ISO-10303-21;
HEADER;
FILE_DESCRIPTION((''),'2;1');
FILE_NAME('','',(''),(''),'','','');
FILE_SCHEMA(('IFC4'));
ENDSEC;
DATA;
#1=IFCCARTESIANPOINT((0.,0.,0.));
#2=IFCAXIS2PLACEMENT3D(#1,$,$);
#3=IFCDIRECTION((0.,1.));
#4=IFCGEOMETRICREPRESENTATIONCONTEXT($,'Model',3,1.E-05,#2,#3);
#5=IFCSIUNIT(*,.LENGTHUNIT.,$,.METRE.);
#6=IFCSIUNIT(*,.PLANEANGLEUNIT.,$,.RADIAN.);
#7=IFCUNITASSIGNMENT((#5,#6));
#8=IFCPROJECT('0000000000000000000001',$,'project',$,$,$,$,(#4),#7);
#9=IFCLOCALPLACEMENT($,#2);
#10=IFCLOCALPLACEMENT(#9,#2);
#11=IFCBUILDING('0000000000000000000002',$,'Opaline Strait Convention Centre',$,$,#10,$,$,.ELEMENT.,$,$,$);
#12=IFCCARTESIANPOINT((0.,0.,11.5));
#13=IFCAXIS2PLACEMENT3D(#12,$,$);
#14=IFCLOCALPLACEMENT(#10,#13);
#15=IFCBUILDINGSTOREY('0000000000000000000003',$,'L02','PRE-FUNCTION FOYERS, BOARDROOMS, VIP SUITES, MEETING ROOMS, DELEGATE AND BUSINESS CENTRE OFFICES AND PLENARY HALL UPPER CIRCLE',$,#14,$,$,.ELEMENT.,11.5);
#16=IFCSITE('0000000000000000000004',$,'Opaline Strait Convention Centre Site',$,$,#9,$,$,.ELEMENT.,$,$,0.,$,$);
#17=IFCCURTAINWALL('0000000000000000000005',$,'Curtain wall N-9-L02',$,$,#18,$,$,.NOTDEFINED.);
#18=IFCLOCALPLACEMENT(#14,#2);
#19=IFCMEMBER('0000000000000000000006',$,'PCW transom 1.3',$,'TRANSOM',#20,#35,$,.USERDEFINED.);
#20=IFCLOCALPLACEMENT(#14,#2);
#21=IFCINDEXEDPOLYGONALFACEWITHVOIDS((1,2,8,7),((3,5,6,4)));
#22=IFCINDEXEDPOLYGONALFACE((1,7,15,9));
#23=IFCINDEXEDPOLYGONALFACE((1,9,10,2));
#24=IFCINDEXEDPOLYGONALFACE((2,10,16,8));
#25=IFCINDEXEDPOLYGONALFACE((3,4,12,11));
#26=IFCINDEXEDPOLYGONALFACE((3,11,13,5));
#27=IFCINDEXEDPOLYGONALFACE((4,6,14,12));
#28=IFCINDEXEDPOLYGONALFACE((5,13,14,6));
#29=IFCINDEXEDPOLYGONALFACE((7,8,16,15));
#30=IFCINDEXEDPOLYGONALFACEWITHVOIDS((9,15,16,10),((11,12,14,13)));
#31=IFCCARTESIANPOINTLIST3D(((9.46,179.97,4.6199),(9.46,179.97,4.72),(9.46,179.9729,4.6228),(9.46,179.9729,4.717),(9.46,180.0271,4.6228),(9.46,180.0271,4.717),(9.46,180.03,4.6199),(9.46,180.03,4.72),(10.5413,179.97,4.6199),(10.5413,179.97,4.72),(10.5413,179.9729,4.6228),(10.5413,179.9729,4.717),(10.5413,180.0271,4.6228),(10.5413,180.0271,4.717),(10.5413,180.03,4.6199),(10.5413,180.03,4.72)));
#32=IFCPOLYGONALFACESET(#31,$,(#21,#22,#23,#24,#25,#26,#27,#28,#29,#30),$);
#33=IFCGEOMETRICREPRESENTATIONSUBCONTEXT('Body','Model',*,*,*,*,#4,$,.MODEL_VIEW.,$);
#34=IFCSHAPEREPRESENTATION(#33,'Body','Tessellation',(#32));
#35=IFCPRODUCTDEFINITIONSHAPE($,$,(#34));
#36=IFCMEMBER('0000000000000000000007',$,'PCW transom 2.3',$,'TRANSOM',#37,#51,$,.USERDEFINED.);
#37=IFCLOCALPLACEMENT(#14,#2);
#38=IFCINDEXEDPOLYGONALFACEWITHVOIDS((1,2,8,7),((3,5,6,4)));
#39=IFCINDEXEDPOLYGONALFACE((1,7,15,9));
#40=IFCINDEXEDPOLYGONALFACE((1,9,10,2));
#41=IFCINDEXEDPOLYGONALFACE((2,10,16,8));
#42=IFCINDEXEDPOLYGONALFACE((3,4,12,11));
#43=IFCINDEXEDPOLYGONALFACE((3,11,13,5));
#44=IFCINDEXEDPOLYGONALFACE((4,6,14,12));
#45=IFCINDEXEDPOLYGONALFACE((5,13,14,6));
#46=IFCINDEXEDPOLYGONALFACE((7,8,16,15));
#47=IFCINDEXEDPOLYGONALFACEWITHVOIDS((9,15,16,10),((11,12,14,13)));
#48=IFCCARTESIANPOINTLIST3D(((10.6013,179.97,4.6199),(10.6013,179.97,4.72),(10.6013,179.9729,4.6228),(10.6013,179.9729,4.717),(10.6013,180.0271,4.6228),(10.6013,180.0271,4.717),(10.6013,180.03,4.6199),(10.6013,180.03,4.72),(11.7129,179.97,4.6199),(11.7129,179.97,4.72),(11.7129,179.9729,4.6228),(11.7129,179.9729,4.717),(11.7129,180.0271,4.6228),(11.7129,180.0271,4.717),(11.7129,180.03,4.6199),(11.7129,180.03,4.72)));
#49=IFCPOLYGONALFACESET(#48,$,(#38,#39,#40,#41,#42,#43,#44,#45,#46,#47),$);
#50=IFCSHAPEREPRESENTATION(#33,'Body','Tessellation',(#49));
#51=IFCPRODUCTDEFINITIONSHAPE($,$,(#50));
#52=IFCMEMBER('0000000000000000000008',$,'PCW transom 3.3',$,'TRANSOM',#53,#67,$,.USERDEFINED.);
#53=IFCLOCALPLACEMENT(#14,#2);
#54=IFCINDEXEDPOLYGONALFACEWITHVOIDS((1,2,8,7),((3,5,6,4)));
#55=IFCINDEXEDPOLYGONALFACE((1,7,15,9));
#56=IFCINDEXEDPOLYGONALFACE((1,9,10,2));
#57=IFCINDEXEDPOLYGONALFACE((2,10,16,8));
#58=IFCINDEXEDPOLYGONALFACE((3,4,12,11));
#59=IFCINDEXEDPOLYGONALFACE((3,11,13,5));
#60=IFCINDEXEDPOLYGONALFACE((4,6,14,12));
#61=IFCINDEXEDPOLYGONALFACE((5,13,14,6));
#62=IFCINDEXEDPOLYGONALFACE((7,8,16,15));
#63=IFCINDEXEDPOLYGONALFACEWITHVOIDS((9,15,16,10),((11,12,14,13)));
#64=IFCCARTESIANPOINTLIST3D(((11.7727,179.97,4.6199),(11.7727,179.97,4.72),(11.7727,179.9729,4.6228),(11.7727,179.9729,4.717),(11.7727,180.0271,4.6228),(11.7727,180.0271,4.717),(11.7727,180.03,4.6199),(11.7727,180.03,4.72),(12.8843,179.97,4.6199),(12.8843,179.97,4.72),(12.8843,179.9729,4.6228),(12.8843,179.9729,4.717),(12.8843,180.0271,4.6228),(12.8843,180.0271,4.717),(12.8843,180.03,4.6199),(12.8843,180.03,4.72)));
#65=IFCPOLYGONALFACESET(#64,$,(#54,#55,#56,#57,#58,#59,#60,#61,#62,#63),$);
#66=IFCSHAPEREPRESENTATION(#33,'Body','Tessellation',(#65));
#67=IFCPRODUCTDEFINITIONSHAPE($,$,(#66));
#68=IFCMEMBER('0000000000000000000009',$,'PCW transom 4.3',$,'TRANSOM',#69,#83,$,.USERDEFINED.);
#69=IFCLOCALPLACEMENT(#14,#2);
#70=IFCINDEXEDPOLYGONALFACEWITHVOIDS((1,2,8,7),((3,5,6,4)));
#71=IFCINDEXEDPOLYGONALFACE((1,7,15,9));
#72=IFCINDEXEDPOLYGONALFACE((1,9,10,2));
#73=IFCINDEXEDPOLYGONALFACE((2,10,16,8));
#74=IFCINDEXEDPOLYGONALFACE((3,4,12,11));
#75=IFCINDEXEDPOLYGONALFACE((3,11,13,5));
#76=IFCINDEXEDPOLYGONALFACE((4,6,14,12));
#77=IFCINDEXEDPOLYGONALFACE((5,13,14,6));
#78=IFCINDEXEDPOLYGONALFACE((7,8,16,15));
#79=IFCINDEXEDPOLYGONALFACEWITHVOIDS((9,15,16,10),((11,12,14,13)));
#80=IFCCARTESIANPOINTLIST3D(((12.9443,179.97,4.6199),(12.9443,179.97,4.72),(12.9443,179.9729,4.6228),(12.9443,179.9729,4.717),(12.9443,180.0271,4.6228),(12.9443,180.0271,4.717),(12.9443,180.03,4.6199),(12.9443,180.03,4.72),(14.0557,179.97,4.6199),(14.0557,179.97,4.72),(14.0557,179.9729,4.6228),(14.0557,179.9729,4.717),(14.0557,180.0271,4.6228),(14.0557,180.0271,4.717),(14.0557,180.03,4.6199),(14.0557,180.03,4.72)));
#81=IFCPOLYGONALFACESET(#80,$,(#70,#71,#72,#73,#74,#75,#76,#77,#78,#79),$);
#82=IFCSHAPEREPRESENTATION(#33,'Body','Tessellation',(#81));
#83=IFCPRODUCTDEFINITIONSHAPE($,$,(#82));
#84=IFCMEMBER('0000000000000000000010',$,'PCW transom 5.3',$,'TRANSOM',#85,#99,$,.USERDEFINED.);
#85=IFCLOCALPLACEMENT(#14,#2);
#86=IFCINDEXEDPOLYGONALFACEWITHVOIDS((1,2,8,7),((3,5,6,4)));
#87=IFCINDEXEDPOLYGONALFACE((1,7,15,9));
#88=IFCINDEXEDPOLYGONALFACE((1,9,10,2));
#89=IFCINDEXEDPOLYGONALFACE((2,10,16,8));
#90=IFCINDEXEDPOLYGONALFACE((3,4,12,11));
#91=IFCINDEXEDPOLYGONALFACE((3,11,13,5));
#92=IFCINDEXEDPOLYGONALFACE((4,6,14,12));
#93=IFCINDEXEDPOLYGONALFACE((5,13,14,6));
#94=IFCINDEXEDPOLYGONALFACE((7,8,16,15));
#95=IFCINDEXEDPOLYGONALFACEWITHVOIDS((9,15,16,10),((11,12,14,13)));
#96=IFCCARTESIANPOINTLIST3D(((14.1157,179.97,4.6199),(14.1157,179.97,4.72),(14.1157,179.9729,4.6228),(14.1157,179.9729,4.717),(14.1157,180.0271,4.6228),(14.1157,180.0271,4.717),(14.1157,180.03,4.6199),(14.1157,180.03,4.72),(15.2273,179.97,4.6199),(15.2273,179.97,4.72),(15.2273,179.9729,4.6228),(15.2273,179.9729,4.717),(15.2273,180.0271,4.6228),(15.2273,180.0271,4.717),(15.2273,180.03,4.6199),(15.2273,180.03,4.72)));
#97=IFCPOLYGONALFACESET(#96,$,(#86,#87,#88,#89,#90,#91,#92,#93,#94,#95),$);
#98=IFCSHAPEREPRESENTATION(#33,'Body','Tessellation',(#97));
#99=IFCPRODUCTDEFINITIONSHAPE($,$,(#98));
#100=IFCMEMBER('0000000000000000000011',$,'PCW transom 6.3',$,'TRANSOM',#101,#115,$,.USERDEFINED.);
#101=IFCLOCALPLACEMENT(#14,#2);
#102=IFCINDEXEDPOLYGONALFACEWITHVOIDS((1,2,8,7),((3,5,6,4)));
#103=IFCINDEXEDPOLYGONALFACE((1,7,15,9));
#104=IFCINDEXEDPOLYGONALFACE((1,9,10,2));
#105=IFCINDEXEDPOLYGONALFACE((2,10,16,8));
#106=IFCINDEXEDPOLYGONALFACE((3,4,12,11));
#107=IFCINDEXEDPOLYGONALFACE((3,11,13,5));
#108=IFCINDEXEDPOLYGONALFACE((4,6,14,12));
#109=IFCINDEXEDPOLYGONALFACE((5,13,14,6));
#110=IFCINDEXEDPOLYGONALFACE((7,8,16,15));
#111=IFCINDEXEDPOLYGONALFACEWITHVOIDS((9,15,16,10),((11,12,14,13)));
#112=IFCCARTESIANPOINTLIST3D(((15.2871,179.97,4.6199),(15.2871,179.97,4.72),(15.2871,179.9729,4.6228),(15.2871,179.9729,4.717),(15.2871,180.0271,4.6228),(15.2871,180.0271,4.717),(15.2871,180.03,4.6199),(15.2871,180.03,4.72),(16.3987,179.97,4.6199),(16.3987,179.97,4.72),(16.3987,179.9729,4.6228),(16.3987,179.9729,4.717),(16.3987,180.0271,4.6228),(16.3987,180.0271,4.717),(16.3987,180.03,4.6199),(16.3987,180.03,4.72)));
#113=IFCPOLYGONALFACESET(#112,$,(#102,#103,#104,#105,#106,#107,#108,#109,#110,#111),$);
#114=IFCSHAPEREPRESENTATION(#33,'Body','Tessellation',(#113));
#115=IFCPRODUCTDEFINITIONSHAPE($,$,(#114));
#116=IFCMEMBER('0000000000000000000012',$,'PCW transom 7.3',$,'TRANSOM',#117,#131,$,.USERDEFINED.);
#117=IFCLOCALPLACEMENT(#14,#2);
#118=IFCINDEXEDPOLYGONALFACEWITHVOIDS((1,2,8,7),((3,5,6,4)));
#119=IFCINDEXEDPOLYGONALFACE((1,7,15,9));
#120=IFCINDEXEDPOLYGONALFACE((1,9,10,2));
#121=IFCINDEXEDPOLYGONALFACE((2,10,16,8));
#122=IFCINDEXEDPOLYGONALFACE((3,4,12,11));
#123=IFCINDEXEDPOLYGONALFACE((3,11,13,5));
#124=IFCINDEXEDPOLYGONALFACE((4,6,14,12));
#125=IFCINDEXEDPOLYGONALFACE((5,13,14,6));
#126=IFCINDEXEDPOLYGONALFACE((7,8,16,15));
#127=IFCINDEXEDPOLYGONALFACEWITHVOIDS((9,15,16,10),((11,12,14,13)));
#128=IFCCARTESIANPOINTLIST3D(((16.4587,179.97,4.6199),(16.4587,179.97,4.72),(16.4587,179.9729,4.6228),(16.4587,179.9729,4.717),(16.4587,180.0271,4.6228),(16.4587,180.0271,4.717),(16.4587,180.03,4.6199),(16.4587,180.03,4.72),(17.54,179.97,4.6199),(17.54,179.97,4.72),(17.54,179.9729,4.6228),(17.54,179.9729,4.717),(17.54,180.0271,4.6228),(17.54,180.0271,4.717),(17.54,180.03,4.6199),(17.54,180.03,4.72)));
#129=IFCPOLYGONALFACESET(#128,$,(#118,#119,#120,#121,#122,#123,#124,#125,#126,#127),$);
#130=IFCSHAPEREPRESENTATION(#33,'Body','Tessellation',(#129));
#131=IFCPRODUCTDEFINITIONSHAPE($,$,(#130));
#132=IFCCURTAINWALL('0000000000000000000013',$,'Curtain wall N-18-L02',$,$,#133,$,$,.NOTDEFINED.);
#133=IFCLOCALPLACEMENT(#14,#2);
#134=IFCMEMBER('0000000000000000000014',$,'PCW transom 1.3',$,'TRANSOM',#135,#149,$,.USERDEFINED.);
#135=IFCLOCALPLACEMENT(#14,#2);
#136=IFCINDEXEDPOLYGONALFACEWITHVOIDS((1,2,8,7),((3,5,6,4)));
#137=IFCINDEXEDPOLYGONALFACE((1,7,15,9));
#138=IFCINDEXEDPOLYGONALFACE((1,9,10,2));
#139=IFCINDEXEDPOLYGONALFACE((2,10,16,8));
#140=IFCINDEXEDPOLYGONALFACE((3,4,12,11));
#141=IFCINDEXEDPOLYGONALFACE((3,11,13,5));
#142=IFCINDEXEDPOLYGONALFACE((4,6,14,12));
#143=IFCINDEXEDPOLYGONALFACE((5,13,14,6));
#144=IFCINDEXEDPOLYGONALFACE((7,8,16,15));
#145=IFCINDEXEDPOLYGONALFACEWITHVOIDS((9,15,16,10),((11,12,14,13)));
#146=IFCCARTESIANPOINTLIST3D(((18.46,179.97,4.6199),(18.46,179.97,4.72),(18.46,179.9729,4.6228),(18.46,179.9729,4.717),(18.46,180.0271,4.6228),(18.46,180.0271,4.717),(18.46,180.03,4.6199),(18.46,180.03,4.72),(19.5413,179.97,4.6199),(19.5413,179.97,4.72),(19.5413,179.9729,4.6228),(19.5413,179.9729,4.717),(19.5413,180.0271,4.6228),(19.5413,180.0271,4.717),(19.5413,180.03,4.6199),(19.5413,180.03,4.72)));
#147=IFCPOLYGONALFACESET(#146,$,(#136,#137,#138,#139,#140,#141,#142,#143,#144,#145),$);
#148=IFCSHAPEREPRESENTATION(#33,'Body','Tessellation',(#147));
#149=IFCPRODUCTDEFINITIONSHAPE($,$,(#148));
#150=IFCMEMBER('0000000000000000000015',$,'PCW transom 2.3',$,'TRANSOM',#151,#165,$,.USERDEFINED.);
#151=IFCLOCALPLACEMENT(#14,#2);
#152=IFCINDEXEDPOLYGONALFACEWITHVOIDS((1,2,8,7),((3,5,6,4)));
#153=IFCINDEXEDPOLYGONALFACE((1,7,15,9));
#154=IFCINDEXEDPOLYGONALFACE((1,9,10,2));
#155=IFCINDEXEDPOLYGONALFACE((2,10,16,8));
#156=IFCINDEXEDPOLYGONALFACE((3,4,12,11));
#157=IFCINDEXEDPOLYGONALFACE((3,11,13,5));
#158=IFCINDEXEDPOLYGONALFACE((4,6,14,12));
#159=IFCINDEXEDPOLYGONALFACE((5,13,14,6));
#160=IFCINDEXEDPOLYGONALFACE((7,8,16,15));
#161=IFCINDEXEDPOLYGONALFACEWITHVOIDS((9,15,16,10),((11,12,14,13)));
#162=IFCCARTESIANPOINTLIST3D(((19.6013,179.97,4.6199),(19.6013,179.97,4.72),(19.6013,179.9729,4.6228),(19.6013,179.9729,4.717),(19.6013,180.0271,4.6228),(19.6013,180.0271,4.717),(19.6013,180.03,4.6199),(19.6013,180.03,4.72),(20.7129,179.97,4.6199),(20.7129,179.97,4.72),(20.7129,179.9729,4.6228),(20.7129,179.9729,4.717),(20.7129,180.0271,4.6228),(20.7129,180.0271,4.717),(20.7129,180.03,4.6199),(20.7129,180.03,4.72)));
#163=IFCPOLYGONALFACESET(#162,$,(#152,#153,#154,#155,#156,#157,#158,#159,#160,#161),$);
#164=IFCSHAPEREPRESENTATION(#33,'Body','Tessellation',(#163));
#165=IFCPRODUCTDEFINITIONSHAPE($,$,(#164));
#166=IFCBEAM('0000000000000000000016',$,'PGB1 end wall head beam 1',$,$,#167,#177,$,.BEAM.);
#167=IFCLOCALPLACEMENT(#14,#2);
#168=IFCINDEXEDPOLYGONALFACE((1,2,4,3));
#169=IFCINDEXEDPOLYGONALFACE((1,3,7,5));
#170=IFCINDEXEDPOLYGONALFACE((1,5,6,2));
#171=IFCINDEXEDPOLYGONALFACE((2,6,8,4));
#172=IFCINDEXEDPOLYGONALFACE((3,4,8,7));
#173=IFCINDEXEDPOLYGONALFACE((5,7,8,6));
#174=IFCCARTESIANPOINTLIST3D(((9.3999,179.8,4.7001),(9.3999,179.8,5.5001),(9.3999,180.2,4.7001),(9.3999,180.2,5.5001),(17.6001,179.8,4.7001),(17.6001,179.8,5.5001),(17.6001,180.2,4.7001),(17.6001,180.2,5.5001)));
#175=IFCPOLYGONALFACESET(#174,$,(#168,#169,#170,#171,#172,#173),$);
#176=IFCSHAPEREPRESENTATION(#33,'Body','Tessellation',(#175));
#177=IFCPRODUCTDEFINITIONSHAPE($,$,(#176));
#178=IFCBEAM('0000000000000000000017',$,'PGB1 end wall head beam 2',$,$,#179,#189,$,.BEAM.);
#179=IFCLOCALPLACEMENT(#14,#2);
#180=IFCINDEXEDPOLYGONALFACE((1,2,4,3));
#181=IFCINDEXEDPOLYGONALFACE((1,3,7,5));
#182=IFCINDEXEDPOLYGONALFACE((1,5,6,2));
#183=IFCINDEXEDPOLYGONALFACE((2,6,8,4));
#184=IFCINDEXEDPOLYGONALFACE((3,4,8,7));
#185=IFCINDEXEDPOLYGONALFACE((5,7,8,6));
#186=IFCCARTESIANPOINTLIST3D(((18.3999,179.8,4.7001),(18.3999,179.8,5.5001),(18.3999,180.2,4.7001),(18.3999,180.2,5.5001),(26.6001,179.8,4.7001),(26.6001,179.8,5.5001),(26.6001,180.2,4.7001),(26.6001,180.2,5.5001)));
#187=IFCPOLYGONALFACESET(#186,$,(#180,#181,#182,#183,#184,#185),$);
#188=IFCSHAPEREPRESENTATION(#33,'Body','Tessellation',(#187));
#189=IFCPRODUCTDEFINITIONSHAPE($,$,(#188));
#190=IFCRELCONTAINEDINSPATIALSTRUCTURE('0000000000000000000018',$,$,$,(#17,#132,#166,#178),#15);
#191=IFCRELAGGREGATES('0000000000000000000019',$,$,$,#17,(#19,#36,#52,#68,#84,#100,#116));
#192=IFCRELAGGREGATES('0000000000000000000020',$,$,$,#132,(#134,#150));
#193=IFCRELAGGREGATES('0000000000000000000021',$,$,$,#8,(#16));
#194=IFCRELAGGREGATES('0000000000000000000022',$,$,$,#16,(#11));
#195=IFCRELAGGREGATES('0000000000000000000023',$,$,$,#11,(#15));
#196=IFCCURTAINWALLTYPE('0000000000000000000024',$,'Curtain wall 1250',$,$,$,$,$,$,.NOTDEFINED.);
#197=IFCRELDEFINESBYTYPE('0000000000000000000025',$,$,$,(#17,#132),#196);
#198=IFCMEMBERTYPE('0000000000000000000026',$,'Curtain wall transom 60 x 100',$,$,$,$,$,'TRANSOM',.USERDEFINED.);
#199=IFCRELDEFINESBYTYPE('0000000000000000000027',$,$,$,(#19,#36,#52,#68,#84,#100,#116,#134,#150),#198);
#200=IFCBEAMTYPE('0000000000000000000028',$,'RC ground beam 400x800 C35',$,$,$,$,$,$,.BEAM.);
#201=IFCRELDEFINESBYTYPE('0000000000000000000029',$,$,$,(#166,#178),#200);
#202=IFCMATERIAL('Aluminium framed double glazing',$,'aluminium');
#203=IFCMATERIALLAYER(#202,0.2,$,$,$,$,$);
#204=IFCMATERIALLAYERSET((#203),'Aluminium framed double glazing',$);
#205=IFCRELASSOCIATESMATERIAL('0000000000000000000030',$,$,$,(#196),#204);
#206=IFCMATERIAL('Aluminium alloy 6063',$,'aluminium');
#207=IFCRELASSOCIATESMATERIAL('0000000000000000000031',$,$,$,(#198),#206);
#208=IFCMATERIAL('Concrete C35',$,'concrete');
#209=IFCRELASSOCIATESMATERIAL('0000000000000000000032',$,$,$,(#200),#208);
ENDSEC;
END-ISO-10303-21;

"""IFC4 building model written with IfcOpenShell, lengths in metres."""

from ifc_helpers import new_model, si_unit, direction, frame, origin, origin_2d, place, context, subcontext, project, spatial, rectangle, hollow_rectangle, extrude, material, layer, layer_set, material_profile, profile_set, type_object, element, aggregate, save


model = new_model("IFC4")

# Units and contexts
model_context = context("Model", 3, precision=1e-05, world=origin(), true_north=direction((0.0, 1.0)))
body_context = subcontext(model_context, "Body", "Model", "MODEL_VIEW")
ifc_project = project(units=[si_unit("LENGTHUNIT", "METRE"), si_unit("PLANEANGLEUNIT", "RADIAN")], contexts=[model_context])

# Site, building, storey
site_placement = place(None, origin())
site = spatial("IfcSite", under=ifc_project, at=site_placement, Name="Opaline Strait Convention Centre Site", CompositionType="ELEMENT", RefElevation=0.0)
building_placement = place(site_placement, origin())
building = spatial("IfcBuilding", under=site, at=building_placement, Name="Opaline Strait Convention Centre", CompositionType="ELEMENT")
storey_placement = place(building_placement, frame((0.0, 0.0, 11.5)))
storey = spatial("IfcBuildingStorey", under=building, at=storey_placement, Name="L02", Description="PRE-FUNCTION FOYERS, BOARDROOMS, VIP SUITES, MEETING ROOMS, DELEGATE AND BUSINESS CENTRE OFFICES AND PLENARY HALL UPPER CIRCLE", CompositionType="ELEMENT", Elevation=11.5)

# Curtain walls, members
ifc_material_1 = material(Name="Aluminium framed double glazing", Category="aluminium")
ifc_layer_1 = layer(ifc_material_1, 0.2)
ifc_layer_set_1 = layer_set([ifc_layer_1], Name="Aluminium framed double glazing")
curtain_wall_type = type_object("IfcCurtainWallType", Name="Curtain wall 1250", PredefinedType="NOTDEFINED", material=ifc_layer_set_1)
curtain_wall_1_placement = place(storey_placement, origin())
curtain_wall_1 = element("IfcCurtainWall", 1, at=curtain_wall_1_placement, inside=storey, type_object=curtain_wall_type, Name="Curtain wall N-9-L02", PredefinedType="NOTDEFINED")
ifc_material_2 = material(Name="Aluminium alloy 6063", Category="aluminium")
ifc_material_profile_1 = material_profile(ifc_material_2, hollow_rectangle(XDim=0.0601, YDim=0.1001, WallThickness=0.0029, at=origin_2d()), Name="TRANSOM 60x100x3")
ifc_profile_set_1 = profile_set([ifc_material_profile_1], Name="Aluminium alloy 6063")
member_type_1 = type_object("IfcMemberType", Name="Curtain wall transom 60 x 100", ElementType="TRANSOM", PredefinedType="USERDEFINED", material=ifc_profile_set_1)
member_1_placement = place(storey_placement, frame((9.46, 180.0, 4.6699), z_axis=(1.0, 0.0, 0.0), x_axis=(0.0, 1.0, 0.0)))
member_1 = element("IfcMember", 2, at=member_1_placement, type_object=member_type_1, Name="PCW transom 1.3", ObjectType="TRANSOM", PredefinedType="USERDEFINED", context=body_context, shape_type="SweptSolid", body=[
    extrude(hollow_rectangle(XDim=0.0601, YDim=0.1001, WallThickness=0.0029, at=origin_2d()), origin(), (0.0, 0.0, 1.0), 1.0813),
])
member_2_placement = place(storey_placement, frame((10.6013, 180.0, 4.6699), z_axis=(1.0, 0.0, 0.0), x_axis=(0.0, 1.0, 0.0)))
member_2 = element("IfcMember", 3, at=member_2_placement, type_object=member_type_1, Name="PCW transom 2.3", ObjectType="TRANSOM", PredefinedType="USERDEFINED", context=body_context, shape_type="SweptSolid", body=[
    extrude(hollow_rectangle(XDim=0.0601, YDim=0.1001, WallThickness=0.0029, at=origin_2d()), origin(), (0.0, 0.0, 1.0), 1.1116),
])
member_3_placement = place(storey_placement, frame((11.7727, 180.0, 4.6699), z_axis=(1.0, 0.0, 0.0), x_axis=(0.0, 1.0, 0.0)))
member_3 = element("IfcMember", 4, at=member_3_placement, type_object=member_type_1, Name="PCW transom 3.3", ObjectType="TRANSOM", PredefinedType="USERDEFINED", context=body_context, shape_type="SweptSolid", body=[
    extrude(hollow_rectangle(XDim=0.0601, YDim=0.1001, WallThickness=0.0029, at=origin_2d()), origin(), (0.0, 0.0, 1.0), 1.1116),
])
member_4_placement = place(storey_placement, frame((12.9443, 180.0, 4.6699), z_axis=(1.0, 0.0, 0.0), x_axis=(0.0, 1.0, 0.0)))
member_4 = element("IfcMember", 5, at=member_4_placement, type_object=member_type_1, Name="PCW transom 4.3", ObjectType="TRANSOM", PredefinedType="USERDEFINED", context=body_context, shape_type="SweptSolid", body=[
    extrude(hollow_rectangle(XDim=0.0601, YDim=0.1001, WallThickness=0.0029, at=origin_2d()), origin(), (0.0, 0.0, 1.0), 1.1113),
])
member_5_placement = place(storey_placement, frame((14.1157, 180.0, 4.6699), z_axis=(1.0, 0.0, 0.0), x_axis=(0.0, 1.0, 0.0)))
member_5 = element("IfcMember", 6, at=member_5_placement, type_object=member_type_1, Name="PCW transom 5.3", ObjectType="TRANSOM", PredefinedType="USERDEFINED", context=body_context, shape_type="SweptSolid", body=[
    extrude(hollow_rectangle(XDim=0.0601, YDim=0.1001, WallThickness=0.0029, at=origin_2d()), origin(), (0.0, 0.0, 1.0), 1.1116),
])
member_6_placement = place(storey_placement, frame((15.2871, 180.0, 4.6699), z_axis=(1.0, 0.0, 0.0), x_axis=(0.0, 1.0, 0.0)))
member_6 = element("IfcMember", 7, at=member_6_placement, type_object=member_type_1, Name="PCW transom 6.3", ObjectType="TRANSOM", PredefinedType="USERDEFINED", context=body_context, shape_type="SweptSolid", body=[
    extrude(hollow_rectangle(XDim=0.0601, YDim=0.1001, WallThickness=0.0029, at=origin_2d()), origin(), (0.0, 0.0, 1.0), 1.1116),
])
member_7_placement = place(storey_placement, frame((16.4587, 180.0, 4.6699), z_axis=(1.0, 0.0, 0.0), x_axis=(0.0, 1.0, 0.0)))
member_7 = element("IfcMember", 8, at=member_7_placement, type_object=member_type_1, Name="PCW transom 7.3", ObjectType="TRANSOM", PredefinedType="USERDEFINED", context=body_context, shape_type="SweptSolid", body=[
    extrude(hollow_rectangle(XDim=0.0601, YDim=0.1001, WallThickness=0.0029, at=origin_2d()), origin(), (0.0, 0.0, 1.0), 1.0813),
])
curtain_wall_2_placement = place(storey_placement, origin())
curtain_wall_2 = element("IfcCurtainWall", 9, at=curtain_wall_2_placement, inside=storey, type_object=curtain_wall_type, Name="Curtain wall N-18-L02", PredefinedType="NOTDEFINED")
member_8_placement = place(storey_placement, frame((18.46, 180.0, 4.6699), z_axis=(1.0, 0.0, 0.0), x_axis=(0.0, 1.0, 0.0)))
member_8 = element("IfcMember", 10, at=member_8_placement, type_object=member_type_1, Name="PCW transom 1.3", ObjectType="TRANSOM", PredefinedType="USERDEFINED", context=body_context, shape_type="SweptSolid", body=[
    extrude(hollow_rectangle(XDim=0.0601, YDim=0.1001, WallThickness=0.0029, at=origin_2d()), origin(), (0.0, 0.0, 1.0), 1.0813),
])
member_9_placement = place(storey_placement, frame((19.6013, 180.0, 4.6699), z_axis=(1.0, 0.0, 0.0), x_axis=(0.0, 1.0, 0.0)))
member_9 = element("IfcMember", 11, at=member_9_placement, type_object=member_type_1, Name="PCW transom 2.3", ObjectType="TRANSOM", PredefinedType="USERDEFINED", context=body_context, shape_type="SweptSolid", body=[
    extrude(hollow_rectangle(XDim=0.0601, YDim=0.1001, WallThickness=0.0029, at=origin_2d()), origin(), (0.0, 0.0, 1.0), 1.1116),
])

# Beams
ifc_material_3 = material(Name="Concrete C35", Category="concrete")
ifc_material_profile_2 = material_profile(ifc_material_3, rectangle(XDim=0.3999, YDim=0.8, at=origin_2d()), Name="RC 400x800")
ifc_profile_set_2 = profile_set([ifc_material_profile_2], Name="Concrete C35")
beam_type = type_object("IfcBeamType", Name="RC ground beam 400x800 C35", PredefinedType="BEAM", material=ifc_profile_set_2)
for number, where, z_axis, x_axis, name in (
    (12, (9.3999, 180.0, 5.1001), (1.0, 0.0, 0.0), (0.0, 1.0, 0.0), "PGB1 end wall head beam 1"),
    (13, (18.3999, 180.0, 5.1001), (1.0, 0.0, 0.0), (0.0, 1.0, 0.0), "PGB1 end wall head beam 2"),
):
    element("IfcBeam", number, at=place(storey_placement, frame(where, z_axis=z_axis, x_axis=x_axis)), inside=storey, type_object=beam_type, Name=name, PredefinedType="BEAM", context=body_context, shape_type="SweptSolid", body=[
        extrude(rectangle(XDim=0.3999, YDim=0.8, at=origin_2d()), origin(), (0.0, 0.0, 1.0), 8.2002),
    ])

aggregate(curtain_wall_1, [member_1, member_2, member_3, member_4, member_5, member_6, member_7])
aggregate(curtain_wall_2, [member_8, member_9])

save(model, "model.ifc")
